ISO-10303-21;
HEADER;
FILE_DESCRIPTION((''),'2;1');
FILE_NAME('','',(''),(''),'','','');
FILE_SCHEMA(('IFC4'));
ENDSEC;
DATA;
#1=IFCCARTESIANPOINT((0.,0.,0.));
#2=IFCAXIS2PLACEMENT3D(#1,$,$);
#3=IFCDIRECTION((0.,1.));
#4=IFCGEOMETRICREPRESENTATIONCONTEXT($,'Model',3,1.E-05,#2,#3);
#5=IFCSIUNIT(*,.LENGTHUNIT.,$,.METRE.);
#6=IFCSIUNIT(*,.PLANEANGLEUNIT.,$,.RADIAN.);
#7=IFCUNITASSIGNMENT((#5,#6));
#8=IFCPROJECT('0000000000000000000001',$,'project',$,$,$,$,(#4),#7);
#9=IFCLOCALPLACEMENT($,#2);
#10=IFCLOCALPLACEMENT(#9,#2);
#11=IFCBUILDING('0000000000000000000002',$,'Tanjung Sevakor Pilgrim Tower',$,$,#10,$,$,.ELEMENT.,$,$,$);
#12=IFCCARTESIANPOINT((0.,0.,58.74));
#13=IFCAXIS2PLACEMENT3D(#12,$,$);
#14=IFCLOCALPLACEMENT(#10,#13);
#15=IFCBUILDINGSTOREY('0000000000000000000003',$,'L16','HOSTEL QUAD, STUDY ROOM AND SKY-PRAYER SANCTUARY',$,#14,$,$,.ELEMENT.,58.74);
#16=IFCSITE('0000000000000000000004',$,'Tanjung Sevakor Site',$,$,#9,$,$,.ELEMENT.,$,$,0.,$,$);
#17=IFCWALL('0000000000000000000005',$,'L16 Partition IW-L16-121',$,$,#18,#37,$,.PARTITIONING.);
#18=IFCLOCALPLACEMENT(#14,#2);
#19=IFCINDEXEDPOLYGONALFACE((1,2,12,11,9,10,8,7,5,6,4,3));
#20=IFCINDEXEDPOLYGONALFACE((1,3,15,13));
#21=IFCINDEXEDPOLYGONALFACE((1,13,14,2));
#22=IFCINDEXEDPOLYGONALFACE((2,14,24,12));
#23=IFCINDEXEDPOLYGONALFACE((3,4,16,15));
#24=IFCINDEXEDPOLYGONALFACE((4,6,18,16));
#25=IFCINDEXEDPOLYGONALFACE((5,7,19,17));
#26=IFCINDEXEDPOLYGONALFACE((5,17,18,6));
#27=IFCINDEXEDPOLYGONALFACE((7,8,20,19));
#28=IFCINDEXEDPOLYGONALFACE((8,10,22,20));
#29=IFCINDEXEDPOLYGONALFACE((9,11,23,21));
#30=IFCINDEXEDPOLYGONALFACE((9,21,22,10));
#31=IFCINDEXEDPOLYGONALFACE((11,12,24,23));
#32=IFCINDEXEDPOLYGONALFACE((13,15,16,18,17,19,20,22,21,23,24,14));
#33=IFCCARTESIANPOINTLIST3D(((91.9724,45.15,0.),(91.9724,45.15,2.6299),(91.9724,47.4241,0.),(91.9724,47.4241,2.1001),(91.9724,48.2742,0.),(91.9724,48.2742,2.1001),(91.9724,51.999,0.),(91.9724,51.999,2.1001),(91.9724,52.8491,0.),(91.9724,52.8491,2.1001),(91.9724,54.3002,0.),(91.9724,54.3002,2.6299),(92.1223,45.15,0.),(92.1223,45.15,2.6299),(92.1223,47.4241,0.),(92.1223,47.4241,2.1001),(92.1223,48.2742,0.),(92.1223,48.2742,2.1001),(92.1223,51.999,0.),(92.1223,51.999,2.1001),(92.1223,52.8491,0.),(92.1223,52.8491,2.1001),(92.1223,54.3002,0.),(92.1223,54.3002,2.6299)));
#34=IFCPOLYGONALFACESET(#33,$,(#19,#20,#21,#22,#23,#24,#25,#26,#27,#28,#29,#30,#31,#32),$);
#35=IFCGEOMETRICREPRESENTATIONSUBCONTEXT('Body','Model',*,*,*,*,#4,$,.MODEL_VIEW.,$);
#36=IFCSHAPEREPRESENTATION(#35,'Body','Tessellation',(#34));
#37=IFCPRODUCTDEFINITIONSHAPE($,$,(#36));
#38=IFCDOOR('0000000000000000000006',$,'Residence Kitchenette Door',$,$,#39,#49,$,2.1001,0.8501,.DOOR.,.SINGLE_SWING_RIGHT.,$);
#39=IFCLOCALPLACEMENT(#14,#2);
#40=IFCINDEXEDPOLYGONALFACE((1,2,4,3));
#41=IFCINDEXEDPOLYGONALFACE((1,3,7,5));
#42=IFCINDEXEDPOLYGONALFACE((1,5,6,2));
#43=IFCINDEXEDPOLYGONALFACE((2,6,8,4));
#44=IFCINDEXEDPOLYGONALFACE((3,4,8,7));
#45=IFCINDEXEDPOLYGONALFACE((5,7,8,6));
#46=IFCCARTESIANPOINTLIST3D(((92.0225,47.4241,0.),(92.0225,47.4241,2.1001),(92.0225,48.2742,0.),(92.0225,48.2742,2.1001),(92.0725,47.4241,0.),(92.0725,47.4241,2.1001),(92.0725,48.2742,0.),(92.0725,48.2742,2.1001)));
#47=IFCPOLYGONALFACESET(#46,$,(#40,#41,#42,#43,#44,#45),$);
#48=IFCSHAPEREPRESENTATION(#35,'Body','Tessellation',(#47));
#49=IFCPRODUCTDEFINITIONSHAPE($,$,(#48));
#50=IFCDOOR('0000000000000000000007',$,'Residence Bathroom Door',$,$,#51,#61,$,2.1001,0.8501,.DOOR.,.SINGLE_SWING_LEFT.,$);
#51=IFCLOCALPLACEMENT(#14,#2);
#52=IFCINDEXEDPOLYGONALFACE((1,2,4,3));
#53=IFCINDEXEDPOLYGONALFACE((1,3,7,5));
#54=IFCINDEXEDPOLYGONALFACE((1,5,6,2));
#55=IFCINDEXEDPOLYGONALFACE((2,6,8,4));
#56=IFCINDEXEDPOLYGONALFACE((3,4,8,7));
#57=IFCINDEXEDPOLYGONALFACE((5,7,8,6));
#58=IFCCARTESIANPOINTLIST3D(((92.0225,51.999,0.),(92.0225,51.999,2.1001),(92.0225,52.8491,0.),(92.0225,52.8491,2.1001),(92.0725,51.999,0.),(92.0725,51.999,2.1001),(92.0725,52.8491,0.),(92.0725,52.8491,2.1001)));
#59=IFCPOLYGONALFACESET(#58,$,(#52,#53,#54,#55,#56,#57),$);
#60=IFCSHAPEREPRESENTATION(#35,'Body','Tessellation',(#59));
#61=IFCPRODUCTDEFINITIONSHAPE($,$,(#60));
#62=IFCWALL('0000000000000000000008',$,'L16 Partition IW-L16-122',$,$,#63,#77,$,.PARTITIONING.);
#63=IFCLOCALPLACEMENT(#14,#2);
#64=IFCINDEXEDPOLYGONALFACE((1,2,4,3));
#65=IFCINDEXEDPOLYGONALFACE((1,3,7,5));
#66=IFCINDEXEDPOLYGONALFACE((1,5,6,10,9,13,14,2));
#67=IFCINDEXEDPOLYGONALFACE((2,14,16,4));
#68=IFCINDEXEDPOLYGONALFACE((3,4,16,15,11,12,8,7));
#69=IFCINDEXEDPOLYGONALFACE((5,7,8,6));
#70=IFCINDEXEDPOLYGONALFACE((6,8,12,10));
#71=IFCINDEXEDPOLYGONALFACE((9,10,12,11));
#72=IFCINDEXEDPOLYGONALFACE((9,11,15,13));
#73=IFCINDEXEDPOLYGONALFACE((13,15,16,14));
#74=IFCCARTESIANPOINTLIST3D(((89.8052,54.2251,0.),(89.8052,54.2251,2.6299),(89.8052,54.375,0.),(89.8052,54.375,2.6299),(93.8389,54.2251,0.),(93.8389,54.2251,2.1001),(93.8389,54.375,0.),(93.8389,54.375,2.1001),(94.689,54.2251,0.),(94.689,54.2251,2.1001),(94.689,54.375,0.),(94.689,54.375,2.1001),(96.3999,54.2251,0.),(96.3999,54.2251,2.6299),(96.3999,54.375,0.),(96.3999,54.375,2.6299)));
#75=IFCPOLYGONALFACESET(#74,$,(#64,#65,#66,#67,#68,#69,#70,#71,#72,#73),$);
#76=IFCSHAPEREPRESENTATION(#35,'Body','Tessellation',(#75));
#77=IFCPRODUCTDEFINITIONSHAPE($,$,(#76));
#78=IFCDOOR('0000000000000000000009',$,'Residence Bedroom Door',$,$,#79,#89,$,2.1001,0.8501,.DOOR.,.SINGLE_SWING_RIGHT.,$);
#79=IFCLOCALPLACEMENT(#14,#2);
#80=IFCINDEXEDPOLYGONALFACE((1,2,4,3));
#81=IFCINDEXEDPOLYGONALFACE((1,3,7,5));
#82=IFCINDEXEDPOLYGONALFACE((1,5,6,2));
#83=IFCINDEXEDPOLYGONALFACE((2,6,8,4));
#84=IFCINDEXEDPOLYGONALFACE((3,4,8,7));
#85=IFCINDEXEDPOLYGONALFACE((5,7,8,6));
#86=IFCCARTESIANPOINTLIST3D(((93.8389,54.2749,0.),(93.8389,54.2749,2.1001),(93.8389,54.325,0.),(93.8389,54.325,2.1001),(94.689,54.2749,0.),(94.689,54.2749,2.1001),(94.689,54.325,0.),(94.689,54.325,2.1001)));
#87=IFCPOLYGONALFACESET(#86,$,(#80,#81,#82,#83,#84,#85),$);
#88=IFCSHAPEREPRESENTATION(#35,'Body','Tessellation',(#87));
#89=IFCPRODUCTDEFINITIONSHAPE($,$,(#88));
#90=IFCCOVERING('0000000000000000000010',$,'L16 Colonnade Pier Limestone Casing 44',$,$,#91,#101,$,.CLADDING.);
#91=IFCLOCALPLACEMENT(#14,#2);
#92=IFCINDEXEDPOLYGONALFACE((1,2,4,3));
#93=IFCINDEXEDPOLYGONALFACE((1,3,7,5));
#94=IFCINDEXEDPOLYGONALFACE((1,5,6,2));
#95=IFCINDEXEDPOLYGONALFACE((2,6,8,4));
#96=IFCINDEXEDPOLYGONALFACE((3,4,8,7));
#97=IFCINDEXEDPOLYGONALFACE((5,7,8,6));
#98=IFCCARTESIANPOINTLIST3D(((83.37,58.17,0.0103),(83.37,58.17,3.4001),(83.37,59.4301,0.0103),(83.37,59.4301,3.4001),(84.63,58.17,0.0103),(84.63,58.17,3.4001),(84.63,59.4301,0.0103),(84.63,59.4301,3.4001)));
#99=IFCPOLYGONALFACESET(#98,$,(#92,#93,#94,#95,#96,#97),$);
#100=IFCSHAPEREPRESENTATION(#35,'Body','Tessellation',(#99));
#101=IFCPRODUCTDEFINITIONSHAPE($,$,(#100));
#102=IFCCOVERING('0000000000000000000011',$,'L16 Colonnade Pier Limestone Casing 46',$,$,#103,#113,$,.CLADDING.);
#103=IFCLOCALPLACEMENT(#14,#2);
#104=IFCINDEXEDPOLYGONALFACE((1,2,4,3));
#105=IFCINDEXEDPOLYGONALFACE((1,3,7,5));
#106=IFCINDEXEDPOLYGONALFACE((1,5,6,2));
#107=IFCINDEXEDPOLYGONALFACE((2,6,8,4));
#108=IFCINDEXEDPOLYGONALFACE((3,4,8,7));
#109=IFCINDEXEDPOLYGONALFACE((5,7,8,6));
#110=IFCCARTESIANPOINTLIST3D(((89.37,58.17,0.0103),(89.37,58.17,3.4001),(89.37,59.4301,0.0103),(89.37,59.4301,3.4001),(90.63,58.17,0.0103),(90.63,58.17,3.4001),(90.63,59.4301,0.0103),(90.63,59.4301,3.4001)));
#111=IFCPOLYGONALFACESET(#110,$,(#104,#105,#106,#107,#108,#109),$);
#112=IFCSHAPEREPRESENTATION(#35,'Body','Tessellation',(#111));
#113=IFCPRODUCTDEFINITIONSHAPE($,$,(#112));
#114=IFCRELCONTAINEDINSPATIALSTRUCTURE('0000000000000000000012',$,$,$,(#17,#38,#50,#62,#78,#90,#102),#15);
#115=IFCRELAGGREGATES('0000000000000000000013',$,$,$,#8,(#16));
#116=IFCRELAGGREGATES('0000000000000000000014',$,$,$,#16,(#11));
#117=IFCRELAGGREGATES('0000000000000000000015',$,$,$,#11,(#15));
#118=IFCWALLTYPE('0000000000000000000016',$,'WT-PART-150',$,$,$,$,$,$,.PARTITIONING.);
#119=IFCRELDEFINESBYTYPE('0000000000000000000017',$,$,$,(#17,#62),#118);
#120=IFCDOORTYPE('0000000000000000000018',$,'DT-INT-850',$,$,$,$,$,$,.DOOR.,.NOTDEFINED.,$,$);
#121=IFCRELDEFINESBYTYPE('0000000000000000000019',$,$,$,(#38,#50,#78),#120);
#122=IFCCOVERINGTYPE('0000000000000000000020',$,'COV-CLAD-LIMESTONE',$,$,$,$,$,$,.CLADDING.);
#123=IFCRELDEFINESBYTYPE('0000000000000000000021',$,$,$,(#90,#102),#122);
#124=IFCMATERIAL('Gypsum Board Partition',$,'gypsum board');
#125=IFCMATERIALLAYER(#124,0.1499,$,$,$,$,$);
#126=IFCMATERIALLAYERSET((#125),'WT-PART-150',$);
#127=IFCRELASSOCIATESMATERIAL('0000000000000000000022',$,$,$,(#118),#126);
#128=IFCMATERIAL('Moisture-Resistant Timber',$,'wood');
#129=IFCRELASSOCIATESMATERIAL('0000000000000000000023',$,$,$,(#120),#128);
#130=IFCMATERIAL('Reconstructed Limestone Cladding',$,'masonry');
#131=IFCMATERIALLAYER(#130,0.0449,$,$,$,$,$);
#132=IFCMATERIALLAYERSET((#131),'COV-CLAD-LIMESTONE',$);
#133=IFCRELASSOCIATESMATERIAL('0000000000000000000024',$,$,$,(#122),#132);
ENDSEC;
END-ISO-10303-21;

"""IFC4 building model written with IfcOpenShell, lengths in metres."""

from ifc_helpers import new_model, si_unit, direction, frame, frame_2d, origin, origin_2d, place, context, subcontext, project, spatial, rectangle, extrude, material, layer, layer_set, type_object, element, fill, save


model = new_model("IFC4")

# Units and contexts
model_context = context("Model", 3, precision=1e-05, world=origin(), true_north=direction((0.0, 1.0)))
body_context = subcontext(model_context, "Body", "Model", "MODEL_VIEW")
ifc_project = project(units=[si_unit("LENGTHUNIT", "METRE"), si_unit("PLANEANGLEUNIT", "RADIAN")], contexts=[model_context])

# Site, building, storey
site_placement = place(None, origin())
site = spatial("IfcSite", under=ifc_project, at=site_placement, Name="Tanjung Sevakor Site", CompositionType="ELEMENT", RefElevation=0.0)
building_placement = place(site_placement, origin())
building = spatial("IfcBuilding", under=site, at=building_placement, Name="Tanjung Sevakor Pilgrim Tower", CompositionType="ELEMENT")
storey_placement = place(building_placement, frame((0.0, 0.0, 58.74)))
storey = spatial("IfcBuildingStorey", under=building, at=storey_placement, Name="L16", Description="HOSTEL QUAD, STUDY ROOM AND SKY-PRAYER SANCTUARY", CompositionType="ELEMENT", Elevation=58.74)

# Shared definitions
ifc_material_1 = material(Name="Gypsum Board Partition", Category="gypsum board")
ifc_layer_1 = layer(ifc_material_1, 0.1499)
ifc_layer_set_1 = layer_set([ifc_layer_1], Name="WT-PART-150")
wall_type = type_object("IfcWallType", Name="WT-PART-150", PredefinedType="PARTITIONING", material=ifc_layer_set_1)

# Wall, openings, doors
wall_1_placement = place(storey_placement, frame((92.0474, 45.1499, 0.0), z_axis=(0.0, 0.0, 1.0), x_axis=(0.0, 1.0, 0.0)))
wall_1 = element("IfcWall", 1, at=wall_1_placement, inside=storey, type_object=wall_type, Name="L16 Partition IW-L16-121", PredefinedType="PARTITIONING", context=body_context, shape_type="SweptSolid", body=[
    extrude(rectangle(XDim=9.1501, YDim=0.1499, at=frame_2d((4.5752, 0.0))), origin(), (0.0, 0.0, 1.0), 2.6299),
])
opening_1_placement = place(wall_1_placement, frame((2.2742, 0.0, 0.0)))
opening_1 = element("IfcOpeningElement", 2, at=opening_1_placement, cuts=wall_1, PredefinedType="OPENING", context=body_context, shape_type="SweptSolid", body=[
    extrude(rectangle(XDim=0.8501, YDim=2.1001, at=frame_2d((0.425, 1.05))), frame((0.0, 0.085, 0.0), z_axis=(0.0, -1.0, 0.0), x_axis=(1.0, 0.0, 0.0)), (0.0, 0.0, 1.0), 0.1699),
])
opening_2_placement = place(wall_1_placement, frame((6.8491, 0.0, 0.0)))
opening_2 = element("IfcOpeningElement", 3, at=opening_2_placement, cuts=wall_1, PredefinedType="OPENING", context=body_context, shape_type="SweptSolid", body=[
    extrude(rectangle(XDim=0.8501, YDim=2.1001, at=frame_2d((0.425, 1.05))), frame((0.0, 0.085, 0.0), z_axis=(0.0, -1.0, 0.0), x_axis=(1.0, 0.0, 0.0)), (0.0, 0.0, 1.0), 0.1699),
])
ifc_material_2 = material(Name="Moisture-Resistant Timber", Category="wood")
door_type = type_object("IfcDoorType", Name="DT-INT-850", OperationType="NOTDEFINED", PredefinedType="DOOR", material=ifc_material_2)
door_1_placement = place(opening_1_placement, origin())
door_1 = element("IfcDoor", 4, at=door_1_placement, inside=storey, type_object=door_type, Name="Residence Kitchenette Door", OperationType="SINGLE_SWING_RIGHT", OverallHeight=2.1001, OverallWidth=0.8501, PredefinedType="DOOR", context=body_context, shape_type="SweptSolid", body=[
    extrude(rectangle(XDim=0.8501, YDim=2.1001, at=frame_2d((0.425, 1.05))), frame((0.0, 0.0249, 0.0), z_axis=(0.0, -1.0, 0.0), x_axis=(1.0, 0.0, 0.0)), (0.0, 0.0, 1.0), 0.05),
])
fill(opening_1, door_1)
door_2_placement = place(opening_2_placement, origin())
door_2 = element("IfcDoor", 5, at=door_2_placement, inside=storey, type_object=door_type, Name="Residence Bathroom Door", OperationType="SINGLE_SWING_LEFT", OverallHeight=2.1001, OverallWidth=0.8501, PredefinedType="DOOR", context=body_context, shape_type="SweptSolid", body=[
    extrude(rectangle(XDim=0.8501, YDim=2.1001, at=frame_2d((0.425, 1.05))), frame((0.0, 0.0249, 0.0), z_axis=(0.0, -1.0, 0.0), x_axis=(1.0, 0.0, 0.0)), (0.0, 0.0, 1.0), 0.05),
])
fill(opening_2, door_2)

# Wall, opening, door
wall_2_placement = place(storey_placement, frame((89.8052, 54.3, 0.0), z_axis=(0.0, 0.0, 1.0), x_axis=(1.0, 0.0, 0.0)))
wall_2 = element("IfcWall", 6, at=wall_2_placement, inside=storey, type_object=wall_type, Name="L16 Partition IW-L16-122", PredefinedType="PARTITIONING", context=body_context, shape_type="SweptSolid", body=[
    extrude(rectangle(XDim=6.5947, YDim=0.1499, at=frame_2d((3.2974, 0.0))), origin(), (0.0, 0.0, 1.0), 2.6299),
])
opening_3_placement = place(wall_2_placement, frame((4.0337, 0.0, 0.0)))
opening_3 = element("IfcOpeningElement", 7, at=opening_3_placement, cuts=wall_2, PredefinedType="OPENING", context=body_context, shape_type="SweptSolid", body=[
    extrude(rectangle(XDim=0.8501, YDim=2.1001, at=frame_2d((0.425, 1.05))), frame((0.0, 0.085, 0.0), z_axis=(0.0, -1.0, 0.0), x_axis=(1.0, 0.0, 0.0)), (0.0, 0.0, 1.0), 0.1699),
])
door_3_placement = place(opening_3_placement, origin())
door_3 = element("IfcDoor", 8, at=door_3_placement, inside=storey, type_object=door_type, Name="Residence Bedroom Door", OperationType="SINGLE_SWING_RIGHT", OverallHeight=2.1001, OverallWidth=0.8501, PredefinedType="DOOR", context=body_context, shape_type="SweptSolid", body=[
    extrude(rectangle(XDim=0.8501, YDim=2.1001, at=frame_2d((0.425, 1.05))), frame((0.0, 0.0249, 0.0), z_axis=(0.0, -1.0, 0.0), x_axis=(1.0, 0.0, 0.0)), (0.0, 0.0, 1.0), 0.05),
])
fill(opening_3, door_3)

# Coverings
ifc_material_3 = material(Name="Reconstructed Limestone Cladding", Category="masonry")
ifc_layer_2 = layer(ifc_material_3, 0.0449)
ifc_layer_set_2 = layer_set([ifc_layer_2], Name="COV-CLAD-LIMESTONE")
covering_type = type_object("IfcCoveringType", Name="COV-CLAD-LIMESTONE", PredefinedType="CLADDING", material=ifc_layer_set_2)
for number, where, z_axis, x_axis, name in (
    (9, (84.0, 58.8, 0.0103), (0.0, 0.0, 1.0), (1.0, 0.0, 0.0), "L16 Colonnade Pier Limestone Casing 44"),
    (10, (90.0, 58.8, 0.0103), (0.0, 0.0, 1.0), (1.0, 0.0, 0.0), "L16 Colonnade Pier Limestone Casing 46"),
):
    element("IfcCovering", number, at=place(storey_placement, frame(where, z_axis=z_axis, x_axis=x_axis)), inside=storey, type_object=covering_type, Name=name, PredefinedType="CLADDING", context=body_context, shape_type="SweptSolid", body=[
        extrude(rectangle(XDim=1.26, YDim=1.26, at=origin_2d()), origin(), (0.0, 0.0, 1.0), 3.3899),
    ])

save(model, "model.ifc")
